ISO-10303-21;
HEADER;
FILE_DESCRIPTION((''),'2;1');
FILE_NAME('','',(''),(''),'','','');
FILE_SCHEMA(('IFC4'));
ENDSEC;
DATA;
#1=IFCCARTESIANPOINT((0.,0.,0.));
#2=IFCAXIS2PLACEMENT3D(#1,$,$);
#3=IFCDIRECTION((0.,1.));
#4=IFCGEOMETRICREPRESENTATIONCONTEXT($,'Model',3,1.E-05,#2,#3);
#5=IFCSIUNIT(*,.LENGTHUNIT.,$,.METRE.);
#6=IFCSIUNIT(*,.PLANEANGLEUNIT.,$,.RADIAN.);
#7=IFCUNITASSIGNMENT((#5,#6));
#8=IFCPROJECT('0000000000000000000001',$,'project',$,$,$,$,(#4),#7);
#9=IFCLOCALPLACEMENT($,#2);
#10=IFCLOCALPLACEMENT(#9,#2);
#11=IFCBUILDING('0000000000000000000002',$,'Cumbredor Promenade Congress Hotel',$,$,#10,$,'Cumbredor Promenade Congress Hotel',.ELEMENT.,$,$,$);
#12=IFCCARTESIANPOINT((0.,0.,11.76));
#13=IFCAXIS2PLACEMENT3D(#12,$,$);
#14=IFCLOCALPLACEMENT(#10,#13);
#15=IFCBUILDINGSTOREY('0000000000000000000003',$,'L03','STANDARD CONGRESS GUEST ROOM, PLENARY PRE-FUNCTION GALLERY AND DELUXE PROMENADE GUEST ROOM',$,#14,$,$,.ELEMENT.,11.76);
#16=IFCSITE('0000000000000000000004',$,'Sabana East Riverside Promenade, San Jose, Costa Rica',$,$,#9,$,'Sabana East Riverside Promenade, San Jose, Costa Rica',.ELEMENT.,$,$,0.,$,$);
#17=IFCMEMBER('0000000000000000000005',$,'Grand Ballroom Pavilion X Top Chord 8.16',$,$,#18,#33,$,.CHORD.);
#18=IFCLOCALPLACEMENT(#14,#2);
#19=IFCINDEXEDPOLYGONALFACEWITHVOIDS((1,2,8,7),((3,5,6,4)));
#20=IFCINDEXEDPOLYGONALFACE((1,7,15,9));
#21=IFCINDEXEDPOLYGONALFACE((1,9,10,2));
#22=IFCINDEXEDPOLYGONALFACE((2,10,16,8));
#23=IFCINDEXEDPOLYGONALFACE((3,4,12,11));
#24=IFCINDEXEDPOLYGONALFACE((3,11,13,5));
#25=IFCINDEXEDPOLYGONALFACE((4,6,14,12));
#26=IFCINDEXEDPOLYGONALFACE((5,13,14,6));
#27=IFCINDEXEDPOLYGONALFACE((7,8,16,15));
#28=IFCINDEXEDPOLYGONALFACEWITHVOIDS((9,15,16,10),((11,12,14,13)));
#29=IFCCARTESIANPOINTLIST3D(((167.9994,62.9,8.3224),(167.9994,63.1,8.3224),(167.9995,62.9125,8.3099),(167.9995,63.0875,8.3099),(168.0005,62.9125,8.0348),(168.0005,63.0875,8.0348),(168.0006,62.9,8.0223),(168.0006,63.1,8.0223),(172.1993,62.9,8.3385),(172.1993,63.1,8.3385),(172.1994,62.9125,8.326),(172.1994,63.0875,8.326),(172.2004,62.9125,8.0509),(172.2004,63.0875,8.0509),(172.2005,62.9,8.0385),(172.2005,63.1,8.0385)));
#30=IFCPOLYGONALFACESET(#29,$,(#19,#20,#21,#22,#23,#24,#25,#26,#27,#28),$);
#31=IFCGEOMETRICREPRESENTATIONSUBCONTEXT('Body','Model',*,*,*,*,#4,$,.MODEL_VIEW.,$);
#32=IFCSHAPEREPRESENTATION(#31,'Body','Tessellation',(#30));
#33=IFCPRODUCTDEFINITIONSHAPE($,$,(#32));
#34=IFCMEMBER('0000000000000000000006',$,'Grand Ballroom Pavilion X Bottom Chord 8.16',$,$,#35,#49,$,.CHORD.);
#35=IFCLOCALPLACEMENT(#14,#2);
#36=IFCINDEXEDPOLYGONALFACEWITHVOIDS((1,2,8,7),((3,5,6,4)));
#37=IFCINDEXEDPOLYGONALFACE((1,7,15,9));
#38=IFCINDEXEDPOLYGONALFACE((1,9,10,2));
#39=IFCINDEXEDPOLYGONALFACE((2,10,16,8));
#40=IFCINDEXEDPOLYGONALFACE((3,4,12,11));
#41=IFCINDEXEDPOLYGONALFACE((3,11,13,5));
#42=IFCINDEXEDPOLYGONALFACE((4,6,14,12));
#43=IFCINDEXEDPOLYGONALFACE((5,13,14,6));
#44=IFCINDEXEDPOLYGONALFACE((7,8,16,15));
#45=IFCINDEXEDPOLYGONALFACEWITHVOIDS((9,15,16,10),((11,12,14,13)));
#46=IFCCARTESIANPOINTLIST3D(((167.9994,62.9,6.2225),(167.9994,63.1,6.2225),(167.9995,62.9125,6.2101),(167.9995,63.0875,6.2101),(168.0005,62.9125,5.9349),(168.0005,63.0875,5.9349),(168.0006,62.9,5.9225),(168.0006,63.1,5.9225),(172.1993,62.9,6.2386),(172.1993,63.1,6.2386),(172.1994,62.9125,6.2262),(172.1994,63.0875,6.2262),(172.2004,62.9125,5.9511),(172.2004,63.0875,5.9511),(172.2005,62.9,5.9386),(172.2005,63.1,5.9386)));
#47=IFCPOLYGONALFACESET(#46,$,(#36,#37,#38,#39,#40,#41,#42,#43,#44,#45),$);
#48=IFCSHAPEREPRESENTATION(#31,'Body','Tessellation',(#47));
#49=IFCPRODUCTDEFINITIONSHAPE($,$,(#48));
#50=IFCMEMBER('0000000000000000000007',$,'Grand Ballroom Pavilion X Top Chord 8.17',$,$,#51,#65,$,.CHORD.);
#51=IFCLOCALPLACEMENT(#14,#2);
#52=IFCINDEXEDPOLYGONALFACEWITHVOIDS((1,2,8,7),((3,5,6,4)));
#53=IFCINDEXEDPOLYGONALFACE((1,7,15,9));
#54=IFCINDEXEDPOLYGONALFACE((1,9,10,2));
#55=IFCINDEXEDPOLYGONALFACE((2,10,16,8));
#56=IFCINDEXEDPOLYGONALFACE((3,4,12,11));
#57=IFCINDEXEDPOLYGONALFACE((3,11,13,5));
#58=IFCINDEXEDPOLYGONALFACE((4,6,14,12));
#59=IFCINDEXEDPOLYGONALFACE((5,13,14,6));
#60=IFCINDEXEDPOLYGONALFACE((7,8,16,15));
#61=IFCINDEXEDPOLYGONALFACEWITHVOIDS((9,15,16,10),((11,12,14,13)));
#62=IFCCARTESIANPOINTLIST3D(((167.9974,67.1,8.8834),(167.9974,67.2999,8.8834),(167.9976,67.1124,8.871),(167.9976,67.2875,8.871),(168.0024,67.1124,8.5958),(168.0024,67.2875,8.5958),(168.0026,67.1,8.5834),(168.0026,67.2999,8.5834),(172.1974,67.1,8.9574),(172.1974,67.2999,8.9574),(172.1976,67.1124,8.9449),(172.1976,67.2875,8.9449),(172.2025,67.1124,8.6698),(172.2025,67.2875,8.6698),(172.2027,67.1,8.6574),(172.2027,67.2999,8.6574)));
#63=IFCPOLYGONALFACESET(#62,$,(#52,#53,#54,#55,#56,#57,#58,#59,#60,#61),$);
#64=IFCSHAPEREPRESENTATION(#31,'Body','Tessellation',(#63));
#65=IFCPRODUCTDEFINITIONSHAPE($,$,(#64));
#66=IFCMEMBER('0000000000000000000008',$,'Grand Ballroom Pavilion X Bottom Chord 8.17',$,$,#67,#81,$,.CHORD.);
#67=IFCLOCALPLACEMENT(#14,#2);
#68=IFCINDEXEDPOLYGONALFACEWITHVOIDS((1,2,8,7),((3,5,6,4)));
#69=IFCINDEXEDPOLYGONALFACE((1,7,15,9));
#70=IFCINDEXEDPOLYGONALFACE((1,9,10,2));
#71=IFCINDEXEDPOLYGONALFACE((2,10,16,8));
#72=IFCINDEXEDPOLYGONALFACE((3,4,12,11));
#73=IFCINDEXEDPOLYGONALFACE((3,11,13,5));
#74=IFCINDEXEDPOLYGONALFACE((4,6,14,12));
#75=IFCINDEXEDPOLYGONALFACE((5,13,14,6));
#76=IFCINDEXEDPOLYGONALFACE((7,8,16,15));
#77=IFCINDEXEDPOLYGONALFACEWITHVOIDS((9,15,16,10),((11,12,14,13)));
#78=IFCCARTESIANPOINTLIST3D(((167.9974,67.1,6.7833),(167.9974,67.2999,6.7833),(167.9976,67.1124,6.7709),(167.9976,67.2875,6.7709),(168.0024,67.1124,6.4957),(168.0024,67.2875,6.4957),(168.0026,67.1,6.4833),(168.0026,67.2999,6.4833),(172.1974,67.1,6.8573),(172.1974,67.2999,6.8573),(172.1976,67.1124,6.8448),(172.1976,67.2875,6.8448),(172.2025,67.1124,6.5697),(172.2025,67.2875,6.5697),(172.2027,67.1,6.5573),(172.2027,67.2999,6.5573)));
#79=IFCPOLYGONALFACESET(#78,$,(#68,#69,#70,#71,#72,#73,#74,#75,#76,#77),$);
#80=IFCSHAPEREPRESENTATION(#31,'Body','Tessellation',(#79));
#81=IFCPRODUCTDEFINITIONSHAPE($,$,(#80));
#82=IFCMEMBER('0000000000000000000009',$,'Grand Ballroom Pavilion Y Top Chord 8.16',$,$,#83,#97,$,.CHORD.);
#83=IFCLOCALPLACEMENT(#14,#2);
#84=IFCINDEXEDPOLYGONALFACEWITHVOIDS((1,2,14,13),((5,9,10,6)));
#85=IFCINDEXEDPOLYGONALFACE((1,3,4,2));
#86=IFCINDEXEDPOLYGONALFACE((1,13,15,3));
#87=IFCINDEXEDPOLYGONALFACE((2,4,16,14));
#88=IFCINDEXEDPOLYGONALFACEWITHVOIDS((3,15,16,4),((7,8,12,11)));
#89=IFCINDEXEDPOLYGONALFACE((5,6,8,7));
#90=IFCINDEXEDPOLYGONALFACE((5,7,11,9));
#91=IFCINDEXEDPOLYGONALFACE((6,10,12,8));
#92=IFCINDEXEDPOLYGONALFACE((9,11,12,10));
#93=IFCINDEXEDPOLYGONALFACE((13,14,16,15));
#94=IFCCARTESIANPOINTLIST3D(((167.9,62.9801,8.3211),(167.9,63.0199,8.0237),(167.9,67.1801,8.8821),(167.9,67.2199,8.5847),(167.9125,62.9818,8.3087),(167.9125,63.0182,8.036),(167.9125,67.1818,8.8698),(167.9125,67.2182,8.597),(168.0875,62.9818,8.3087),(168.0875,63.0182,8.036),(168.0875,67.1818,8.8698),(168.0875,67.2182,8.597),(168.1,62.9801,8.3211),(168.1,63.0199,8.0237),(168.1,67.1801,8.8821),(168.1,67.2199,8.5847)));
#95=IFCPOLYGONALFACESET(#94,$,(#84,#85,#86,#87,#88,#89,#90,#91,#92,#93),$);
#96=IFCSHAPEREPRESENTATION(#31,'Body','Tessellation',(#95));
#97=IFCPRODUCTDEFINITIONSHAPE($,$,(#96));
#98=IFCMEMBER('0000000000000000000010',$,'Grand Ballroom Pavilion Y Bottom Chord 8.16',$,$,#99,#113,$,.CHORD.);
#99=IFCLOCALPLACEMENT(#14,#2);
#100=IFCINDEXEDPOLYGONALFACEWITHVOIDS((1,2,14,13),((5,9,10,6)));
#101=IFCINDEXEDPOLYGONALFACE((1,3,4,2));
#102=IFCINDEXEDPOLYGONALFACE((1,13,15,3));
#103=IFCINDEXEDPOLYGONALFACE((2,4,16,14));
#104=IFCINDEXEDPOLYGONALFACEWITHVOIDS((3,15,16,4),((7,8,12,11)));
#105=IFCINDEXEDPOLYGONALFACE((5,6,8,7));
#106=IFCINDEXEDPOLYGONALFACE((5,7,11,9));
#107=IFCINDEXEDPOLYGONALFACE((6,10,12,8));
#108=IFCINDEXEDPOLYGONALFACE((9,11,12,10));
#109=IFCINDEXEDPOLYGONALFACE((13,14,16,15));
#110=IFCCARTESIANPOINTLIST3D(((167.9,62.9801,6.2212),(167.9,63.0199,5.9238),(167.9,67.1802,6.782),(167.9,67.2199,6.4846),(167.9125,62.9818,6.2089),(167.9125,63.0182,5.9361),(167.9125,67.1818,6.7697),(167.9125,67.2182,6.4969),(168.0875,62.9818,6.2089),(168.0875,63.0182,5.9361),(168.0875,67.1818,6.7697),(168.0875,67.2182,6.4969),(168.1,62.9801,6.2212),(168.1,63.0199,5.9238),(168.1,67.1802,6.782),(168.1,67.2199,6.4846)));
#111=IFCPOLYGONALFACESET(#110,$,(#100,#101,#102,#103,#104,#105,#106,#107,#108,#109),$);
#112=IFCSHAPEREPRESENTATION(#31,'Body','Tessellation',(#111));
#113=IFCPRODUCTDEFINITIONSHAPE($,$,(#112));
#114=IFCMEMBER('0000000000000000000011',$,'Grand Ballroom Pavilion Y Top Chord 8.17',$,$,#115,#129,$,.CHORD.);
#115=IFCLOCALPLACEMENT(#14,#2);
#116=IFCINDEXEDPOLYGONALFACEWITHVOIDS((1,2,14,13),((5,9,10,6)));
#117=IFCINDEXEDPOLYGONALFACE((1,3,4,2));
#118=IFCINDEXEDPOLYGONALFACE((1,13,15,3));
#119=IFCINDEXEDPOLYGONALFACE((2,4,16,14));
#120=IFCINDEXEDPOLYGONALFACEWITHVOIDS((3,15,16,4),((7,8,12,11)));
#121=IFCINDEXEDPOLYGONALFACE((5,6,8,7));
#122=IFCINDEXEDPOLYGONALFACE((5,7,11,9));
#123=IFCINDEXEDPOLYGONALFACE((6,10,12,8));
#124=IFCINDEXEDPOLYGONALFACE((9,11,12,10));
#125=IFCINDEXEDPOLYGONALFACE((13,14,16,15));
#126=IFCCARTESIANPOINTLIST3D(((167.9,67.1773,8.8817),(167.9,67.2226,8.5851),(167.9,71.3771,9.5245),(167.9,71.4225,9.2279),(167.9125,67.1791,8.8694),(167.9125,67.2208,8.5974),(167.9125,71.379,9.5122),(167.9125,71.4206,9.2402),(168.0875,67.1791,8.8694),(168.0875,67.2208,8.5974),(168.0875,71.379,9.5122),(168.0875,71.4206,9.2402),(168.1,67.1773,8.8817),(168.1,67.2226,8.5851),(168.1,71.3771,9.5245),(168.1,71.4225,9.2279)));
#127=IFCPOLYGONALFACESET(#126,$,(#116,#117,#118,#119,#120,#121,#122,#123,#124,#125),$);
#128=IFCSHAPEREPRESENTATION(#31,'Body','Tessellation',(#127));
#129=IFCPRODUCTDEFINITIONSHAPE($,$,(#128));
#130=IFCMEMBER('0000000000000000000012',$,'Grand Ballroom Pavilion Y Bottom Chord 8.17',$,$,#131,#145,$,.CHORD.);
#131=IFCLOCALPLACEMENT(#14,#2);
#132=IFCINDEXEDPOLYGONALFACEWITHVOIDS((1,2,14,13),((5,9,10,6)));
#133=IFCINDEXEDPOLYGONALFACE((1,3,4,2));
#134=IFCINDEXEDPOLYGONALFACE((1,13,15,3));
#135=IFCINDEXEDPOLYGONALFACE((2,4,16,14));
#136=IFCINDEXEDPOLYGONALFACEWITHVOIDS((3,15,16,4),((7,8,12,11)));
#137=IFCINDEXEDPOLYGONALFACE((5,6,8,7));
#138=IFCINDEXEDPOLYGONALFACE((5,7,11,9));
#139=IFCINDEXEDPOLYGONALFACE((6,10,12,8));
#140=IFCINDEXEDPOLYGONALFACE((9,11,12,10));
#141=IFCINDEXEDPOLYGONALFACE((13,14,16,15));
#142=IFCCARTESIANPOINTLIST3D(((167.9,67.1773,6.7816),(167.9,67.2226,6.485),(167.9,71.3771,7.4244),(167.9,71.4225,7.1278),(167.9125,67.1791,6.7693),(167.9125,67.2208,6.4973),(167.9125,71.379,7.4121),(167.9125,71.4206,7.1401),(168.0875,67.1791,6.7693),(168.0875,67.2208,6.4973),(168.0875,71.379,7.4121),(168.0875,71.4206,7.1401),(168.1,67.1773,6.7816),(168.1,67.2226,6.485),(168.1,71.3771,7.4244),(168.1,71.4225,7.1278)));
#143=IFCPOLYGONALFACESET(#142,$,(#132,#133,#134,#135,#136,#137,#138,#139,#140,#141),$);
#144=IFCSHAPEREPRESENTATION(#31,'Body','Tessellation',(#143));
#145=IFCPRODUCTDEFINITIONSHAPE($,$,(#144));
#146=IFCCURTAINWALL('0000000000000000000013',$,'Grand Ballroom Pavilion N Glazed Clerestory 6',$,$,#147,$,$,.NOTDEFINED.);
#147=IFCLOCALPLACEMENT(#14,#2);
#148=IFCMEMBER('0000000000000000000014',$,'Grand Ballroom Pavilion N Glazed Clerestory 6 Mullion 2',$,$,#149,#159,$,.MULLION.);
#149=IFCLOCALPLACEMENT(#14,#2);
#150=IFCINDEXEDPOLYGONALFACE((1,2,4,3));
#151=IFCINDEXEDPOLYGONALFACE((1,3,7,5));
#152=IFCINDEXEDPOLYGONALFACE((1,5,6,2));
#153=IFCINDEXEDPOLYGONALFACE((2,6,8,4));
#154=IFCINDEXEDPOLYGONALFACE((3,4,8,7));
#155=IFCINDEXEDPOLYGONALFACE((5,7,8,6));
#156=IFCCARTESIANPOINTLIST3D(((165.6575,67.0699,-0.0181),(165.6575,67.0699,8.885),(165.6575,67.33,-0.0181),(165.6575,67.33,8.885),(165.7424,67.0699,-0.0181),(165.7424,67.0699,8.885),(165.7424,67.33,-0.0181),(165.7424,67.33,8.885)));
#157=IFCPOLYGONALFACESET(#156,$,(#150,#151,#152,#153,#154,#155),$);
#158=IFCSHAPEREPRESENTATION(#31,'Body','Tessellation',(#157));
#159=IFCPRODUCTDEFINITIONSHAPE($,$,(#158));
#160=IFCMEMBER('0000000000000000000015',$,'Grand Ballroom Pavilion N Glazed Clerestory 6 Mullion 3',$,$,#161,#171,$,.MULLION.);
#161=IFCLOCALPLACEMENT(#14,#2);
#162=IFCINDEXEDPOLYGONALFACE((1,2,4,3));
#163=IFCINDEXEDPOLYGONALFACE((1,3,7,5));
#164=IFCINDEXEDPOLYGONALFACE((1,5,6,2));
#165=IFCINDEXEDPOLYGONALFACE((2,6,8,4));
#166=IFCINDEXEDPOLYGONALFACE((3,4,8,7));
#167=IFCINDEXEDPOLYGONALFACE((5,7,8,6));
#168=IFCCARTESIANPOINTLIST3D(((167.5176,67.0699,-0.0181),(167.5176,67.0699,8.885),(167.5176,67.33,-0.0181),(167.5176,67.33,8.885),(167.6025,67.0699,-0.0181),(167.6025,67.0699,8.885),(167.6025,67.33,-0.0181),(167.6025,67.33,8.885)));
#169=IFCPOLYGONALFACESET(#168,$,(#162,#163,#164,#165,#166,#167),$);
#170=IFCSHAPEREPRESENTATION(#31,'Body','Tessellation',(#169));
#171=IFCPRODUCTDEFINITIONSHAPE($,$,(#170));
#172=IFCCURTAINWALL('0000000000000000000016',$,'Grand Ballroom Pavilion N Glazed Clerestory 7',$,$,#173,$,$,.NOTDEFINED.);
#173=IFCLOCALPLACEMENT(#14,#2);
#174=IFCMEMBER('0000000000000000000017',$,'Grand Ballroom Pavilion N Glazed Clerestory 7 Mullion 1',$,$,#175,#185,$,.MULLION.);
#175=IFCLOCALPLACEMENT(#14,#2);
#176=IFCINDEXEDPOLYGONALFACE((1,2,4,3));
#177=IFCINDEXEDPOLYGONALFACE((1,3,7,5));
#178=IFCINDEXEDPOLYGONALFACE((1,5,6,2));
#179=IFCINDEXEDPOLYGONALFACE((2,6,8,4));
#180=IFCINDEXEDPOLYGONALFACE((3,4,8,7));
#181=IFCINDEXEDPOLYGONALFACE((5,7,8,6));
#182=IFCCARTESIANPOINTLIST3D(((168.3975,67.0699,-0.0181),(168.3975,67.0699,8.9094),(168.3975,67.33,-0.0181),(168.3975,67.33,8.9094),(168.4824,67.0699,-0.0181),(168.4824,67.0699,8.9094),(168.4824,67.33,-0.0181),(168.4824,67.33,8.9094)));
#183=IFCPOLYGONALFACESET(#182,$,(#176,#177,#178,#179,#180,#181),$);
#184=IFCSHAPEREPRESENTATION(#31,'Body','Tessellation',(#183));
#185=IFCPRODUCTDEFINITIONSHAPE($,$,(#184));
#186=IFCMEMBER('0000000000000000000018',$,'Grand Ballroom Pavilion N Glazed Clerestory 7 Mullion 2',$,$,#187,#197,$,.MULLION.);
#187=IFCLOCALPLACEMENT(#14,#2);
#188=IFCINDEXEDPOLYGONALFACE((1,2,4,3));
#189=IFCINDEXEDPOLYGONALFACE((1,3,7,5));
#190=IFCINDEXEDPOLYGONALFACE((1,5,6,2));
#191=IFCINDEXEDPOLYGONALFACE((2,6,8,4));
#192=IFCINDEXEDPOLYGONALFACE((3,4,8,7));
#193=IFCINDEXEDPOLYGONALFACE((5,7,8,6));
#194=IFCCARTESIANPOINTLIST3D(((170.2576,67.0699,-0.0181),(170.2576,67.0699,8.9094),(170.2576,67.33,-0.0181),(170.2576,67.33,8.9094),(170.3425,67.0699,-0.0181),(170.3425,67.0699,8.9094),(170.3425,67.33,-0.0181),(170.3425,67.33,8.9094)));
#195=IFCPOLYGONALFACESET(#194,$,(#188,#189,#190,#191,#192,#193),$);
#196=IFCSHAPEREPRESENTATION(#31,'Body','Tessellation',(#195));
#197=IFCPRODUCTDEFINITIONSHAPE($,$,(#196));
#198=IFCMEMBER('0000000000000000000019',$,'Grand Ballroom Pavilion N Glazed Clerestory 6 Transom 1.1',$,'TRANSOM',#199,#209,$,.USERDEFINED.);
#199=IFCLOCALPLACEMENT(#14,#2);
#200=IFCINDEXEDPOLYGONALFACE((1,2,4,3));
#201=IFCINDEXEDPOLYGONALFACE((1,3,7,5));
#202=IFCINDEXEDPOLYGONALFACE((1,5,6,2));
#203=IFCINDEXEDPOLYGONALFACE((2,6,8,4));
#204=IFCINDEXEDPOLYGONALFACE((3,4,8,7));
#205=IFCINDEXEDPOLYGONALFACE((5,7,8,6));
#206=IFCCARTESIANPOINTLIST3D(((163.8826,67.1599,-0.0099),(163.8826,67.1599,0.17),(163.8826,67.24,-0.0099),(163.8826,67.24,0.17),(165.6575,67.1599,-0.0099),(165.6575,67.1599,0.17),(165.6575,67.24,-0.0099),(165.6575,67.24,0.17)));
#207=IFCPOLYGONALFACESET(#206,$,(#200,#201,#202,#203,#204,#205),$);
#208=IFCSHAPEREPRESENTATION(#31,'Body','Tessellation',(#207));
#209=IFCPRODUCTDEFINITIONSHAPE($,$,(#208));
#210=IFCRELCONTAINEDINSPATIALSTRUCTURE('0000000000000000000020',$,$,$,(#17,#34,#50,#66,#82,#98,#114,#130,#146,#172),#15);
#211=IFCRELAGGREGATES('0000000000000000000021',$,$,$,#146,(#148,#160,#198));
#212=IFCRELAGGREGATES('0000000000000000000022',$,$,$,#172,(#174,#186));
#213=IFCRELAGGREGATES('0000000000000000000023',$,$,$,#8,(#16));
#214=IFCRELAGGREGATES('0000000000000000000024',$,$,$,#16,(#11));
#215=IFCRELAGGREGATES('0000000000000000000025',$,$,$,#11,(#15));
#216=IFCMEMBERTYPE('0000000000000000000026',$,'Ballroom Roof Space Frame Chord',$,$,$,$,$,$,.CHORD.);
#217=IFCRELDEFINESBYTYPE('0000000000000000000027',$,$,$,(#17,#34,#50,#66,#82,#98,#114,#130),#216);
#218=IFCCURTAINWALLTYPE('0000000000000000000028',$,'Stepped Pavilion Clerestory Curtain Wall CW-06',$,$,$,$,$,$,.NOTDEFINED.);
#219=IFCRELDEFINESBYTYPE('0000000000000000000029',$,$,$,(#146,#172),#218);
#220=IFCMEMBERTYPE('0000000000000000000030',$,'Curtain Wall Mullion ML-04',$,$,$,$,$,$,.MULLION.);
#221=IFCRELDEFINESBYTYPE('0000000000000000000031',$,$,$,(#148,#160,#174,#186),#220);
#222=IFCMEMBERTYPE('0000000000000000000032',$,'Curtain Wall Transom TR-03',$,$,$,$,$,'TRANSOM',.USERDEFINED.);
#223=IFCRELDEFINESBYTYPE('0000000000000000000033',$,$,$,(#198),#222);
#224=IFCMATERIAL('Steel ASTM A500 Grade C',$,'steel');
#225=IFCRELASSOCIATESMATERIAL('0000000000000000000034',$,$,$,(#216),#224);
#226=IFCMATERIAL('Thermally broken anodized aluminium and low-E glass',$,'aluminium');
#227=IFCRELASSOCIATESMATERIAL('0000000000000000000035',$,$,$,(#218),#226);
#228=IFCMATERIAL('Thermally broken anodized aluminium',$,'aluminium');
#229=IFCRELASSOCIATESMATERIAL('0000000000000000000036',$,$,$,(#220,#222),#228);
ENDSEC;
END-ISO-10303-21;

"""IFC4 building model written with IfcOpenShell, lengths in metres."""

from ifc_helpers import new_model, si_unit, direction, frame, origin, origin_2d, place, context, subcontext, project, spatial, rectangle, hollow_rectangle, extrude, material, material_profile, profile_set, type_object, element, aggregate, save


model = new_model("IFC4")

# Units and contexts
model_context = context("Model", 3, precision=1e-05, world=origin(), true_north=direction((0.0, 1.0)))
body_context = subcontext(model_context, "Body", "Model", "MODEL_VIEW")
ifc_project = project(units=[si_unit("LENGTHUNIT", "METRE"), si_unit("PLANEANGLEUNIT", "RADIAN")], contexts=[model_context])

# Site, building, storey
site_placement = place(None, origin())
site = spatial("IfcSite", under=ifc_project, at=site_placement, Name="Sabana East Riverside Promenade, San Jose, Costa Rica", LongName="Sabana East Riverside Promenade, San Jose, Costa Rica", CompositionType="ELEMENT", RefElevation=0.0)
building_placement = place(site_placement, origin())
building = spatial("IfcBuilding", under=site, at=building_placement, Name="Cumbredor Promenade Congress Hotel", LongName="Cumbredor Promenade Congress Hotel", CompositionType="ELEMENT")
storey_placement = place(building_placement, frame((0.0, 0.0, 11.76)))
storey = spatial("IfcBuildingStorey", under=building, at=storey_placement, Name="L03", Description="STANDARD CONGRESS GUEST ROOM, PLENARY PRE-FUNCTION GALLERY AND DELUXE PROMENADE GUEST ROOM", CompositionType="ELEMENT", Elevation=11.76)

# Members
ifc_material_1 = material(Name="Steel ASTM A500 Grade C", Category="steel")
ifc_material_profile_1 = material_profile(ifc_material_1, hollow_rectangle(XDim=0.2, YDim=0.3, WallThickness=0.0125, at=origin_2d()), Name="HSS 300x200x12.5")
ifc_profile_set_1 = profile_set([ifc_material_profile_1], Name="Steel ASTM A500 Grade C")
member_type_1 = type_object("IfcMemberType", Name="Ballroom Roof Space Frame Chord", PredefinedType="CHORD", material=ifc_profile_set_1)
for number, where, z_axis, x_axis, name in (
    (1, (168.0, 63.0, 8.1724), (0.999993, 0.0, 0.003837), (0.0, 1.0, 0.0), "Grand Ballroom Pavilion X Top Chord 8.16"),
    (2, (168.0, 63.0, 6.0725), (0.999993, 0.0, 0.003837), (0.0, 1.0, 0.0), "Grand Ballroom Pavilion X Bottom Chord 8.16"),
):
    element("IfcMember", number, at=place(storey_placement, frame(where, z_axis=z_axis, x_axis=x_axis)), inside=storey, type_object=member_type_1, Name=name, PredefinedType="CHORD", context=body_context, shape_type="SweptSolid", body=[
        extrude(hollow_rectangle(XDim=0.2, YDim=0.3, WallThickness=0.0125, at=origin_2d()), origin(), (0.0, 0.0, 1.0), 4.2),
    ])
for number, where, z_axis, x_axis, name in (
    (3, (168.0, 67.2, 8.7334), (0.999845, 0.0, 0.01761), (0.0, 1.0, 0.0), "Grand Ballroom Pavilion X Top Chord 8.17"),
    (4, (168.0, 67.2, 6.6333), (0.999845, 0.0, 0.01761), (0.0, 1.0, 0.0), "Grand Ballroom Pavilion X Bottom Chord 8.17"),
):
    element("IfcMember", number, at=place(storey_placement, frame(where, z_axis=z_axis, x_axis=x_axis)), inside=storey, type_object=member_type_1, Name=name, PredefinedType="CHORD", context=body_context, shape_type="SweptSolid", body=[
        extrude(hollow_rectangle(XDim=0.2, YDim=0.3, WallThickness=0.0125, at=origin_2d()), origin(), (0.0, 0.0, 1.0), 4.2007),
    ])
for number, where, z_axis, x_axis, name in (
    (5, (168.0, 63.0, 8.1724), (0.0, 0.991196, 0.132405), (-1.0, 0.0, 0.0), "Grand Ballroom Pavilion Y Top Chord 8.16"),
    (6, (168.0, 63.0, 6.0725), (0.0, 0.991203, 0.132349), (-1.0, 0.0, 0.0), "Grand Ballroom Pavilion Y Bottom Chord 8.16"),
):
    element("IfcMember", number, at=place(storey_placement, frame(where, z_axis=z_axis, x_axis=x_axis)), inside=storey, type_object=member_type_1, Name=name, PredefinedType="CHORD", context=body_context, shape_type="SweptSolid", body=[
        extrude(hollow_rectangle(XDim=0.2, YDim=0.3, WallThickness=0.0125, at=origin_2d()), origin(), (0.0, 0.0, 1.0), 4.2373),
    ])
for number, where, z_axis, x_axis, name in (
    (7, (168.0, 67.2, 8.7334), (0.0, 0.988489, 0.151293), (-1.0, 0.0, 0.0), "Grand Ballroom Pavilion Y Top Chord 8.17"),
    (8, (168.0, 67.2, 6.6333), (0.0, 0.988489, 0.151293), (-1.0, 0.0, 0.0), "Grand Ballroom Pavilion Y Bottom Chord 8.17"),
):
    element("IfcMember", number, at=place(storey_placement, frame(where, z_axis=z_axis, x_axis=x_axis)), inside=storey, type_object=member_type_1, Name=name, PredefinedType="CHORD", context=body_context, shape_type="SweptSolid", body=[
        extrude(hollow_rectangle(XDim=0.2, YDim=0.3, WallThickness=0.0125, at=origin_2d()), origin(), (0.0, 0.0, 1.0), 4.2488),
    ])

# Curtain walls, members
ifc_material_2 = material(Name="Thermally broken anodized aluminium and low-E glass", Category="aluminium")
curtain_wall_type = type_object("IfcCurtainWallType", Name="Stepped Pavilion Clerestory Curtain Wall CW-06", PredefinedType="NOTDEFINED", material=ifc_material_2)
curtain_wall_1_placement = place(storey_placement, origin())
curtain_wall_1 = element("IfcCurtainWall", 9, at=curtain_wall_1_placement, inside=storey, type_object=curtain_wall_type, Name="Grand Ballroom Pavilion N Glazed Clerestory 6", PredefinedType="NOTDEFINED")
ifc_material_3 = material(Name="Thermally broken anodized aluminium", Category="aluminium")
ifc_material_profile_2 = material_profile(ifc_material_3, rectangle(XDim=0.085, YDim=0.26, at=origin_2d()), Name="ALU MULLION CLERESTORY 85x260")
ifc_profile_set_2 = profile_set([ifc_material_profile_2], Name="Thermally broken anodized aluminium")
member_type_2 = type_object("IfcMemberType", Name="Curtain Wall Mullion ML-04", PredefinedType="MULLION", material=ifc_profile_set_2)
member_1_placement = place(storey_placement, frame((165.7, 67.2, -0.0181), z_axis=(0.0, 0.0, 1.0), x_axis=(1.0, 0.0, 0.0)))
member_1 = element("IfcMember", 10, at=member_1_placement, type_object=member_type_2, Name="Grand Ballroom Pavilion N Glazed Clerestory 6 Mullion 2", PredefinedType="MULLION", context=body_context, shape_type="SweptSolid", body=[
    extrude(rectangle(XDim=0.085, YDim=0.26, at=origin_2d()), origin(), (0.0, 0.0, 1.0), 8.9031),
])
member_2_placement = place(storey_placement, frame((167.5601, 67.2, -0.0181), z_axis=(0.0, 0.0, 1.0), x_axis=(1.0, 0.0, 0.0)))
member_2 = element("IfcMember", 11, at=member_2_placement, type_object=member_type_2, Name="Grand Ballroom Pavilion N Glazed Clerestory 6 Mullion 3", PredefinedType="MULLION", context=body_context, shape_type="SweptSolid", body=[
    extrude(rectangle(XDim=0.085, YDim=0.26, at=origin_2d()), origin(), (0.0, 0.0, 1.0), 8.9031),
])
curtain_wall_2_placement = place(storey_placement, origin())
curtain_wall_2 = element("IfcCurtainWall", 12, at=curtain_wall_2_placement, inside=storey, type_object=curtain_wall_type, Name="Grand Ballroom Pavilion N Glazed Clerestory 7", PredefinedType="NOTDEFINED")
member_3_placement = place(storey_placement, frame((168.4399, 67.2, -0.0181), z_axis=(0.0, 0.0, 1.0), x_axis=(1.0, 0.0, 0.0)))
member_3 = element("IfcMember", 13, at=member_3_placement, type_object=member_type_2, Name="Grand Ballroom Pavilion N Glazed Clerestory 7 Mullion 1", PredefinedType="MULLION", context=body_context, shape_type="SweptSolid", body=[
    extrude(rectangle(XDim=0.085, YDim=0.26, at=origin_2d()), origin(), (0.0, 0.0, 1.0), 8.9275),
])
member_4_placement = place(storey_placement, frame((170.3, 67.2, -0.0181), z_axis=(0.0, 0.0, 1.0), x_axis=(1.0, 0.0, 0.0)))
member_4 = element("IfcMember", 14, at=member_4_placement, type_object=member_type_2, Name="Grand Ballroom Pavilion N Glazed Clerestory 7 Mullion 2", PredefinedType="MULLION", context=body_context, shape_type="SweptSolid", body=[
    extrude(rectangle(XDim=0.085, YDim=0.26, at=origin_2d()), origin(), (0.0, 0.0, 1.0), 8.9275),
])

# Member
ifc_material_profile_3 = material_profile(ifc_material_3, rectangle(XDim=0.0801, YDim=0.1799, at=origin_2d()), Name="ALU TRANSOM 80x180")
ifc_profile_set_3 = profile_set([ifc_material_profile_3], Name="Thermally broken anodized aluminium")
member_type_3 = type_object("IfcMemberType", Name="Curtain Wall Transom TR-03", ElementType="TRANSOM", PredefinedType="USERDEFINED", material=ifc_profile_set_3)
member_5_placement = place(storey_placement, frame((163.8826, 67.2, 0.0801), z_axis=(1.0, 0.0, 0.0), x_axis=(0.0, 1.0, 0.0)))
member_5 = element("IfcMember", 15, at=member_5_placement, type_object=member_type_3, Name="Grand Ballroom Pavilion N Glazed Clerestory 6 Transom 1.1", ObjectType="TRANSOM", PredefinedType="USERDEFINED", context=body_context, shape_type="SweptSolid", body=[
    extrude(rectangle(XDim=0.0801, YDim=0.1799, at=origin_2d()), origin(), (0.0, 0.0, 1.0), 1.7749),
])

aggregate(curtain_wall_1, [member_1, member_2, member_5])
aggregate(curtain_wall_2, [member_3, member_4])

save(model, "model.ifc")
